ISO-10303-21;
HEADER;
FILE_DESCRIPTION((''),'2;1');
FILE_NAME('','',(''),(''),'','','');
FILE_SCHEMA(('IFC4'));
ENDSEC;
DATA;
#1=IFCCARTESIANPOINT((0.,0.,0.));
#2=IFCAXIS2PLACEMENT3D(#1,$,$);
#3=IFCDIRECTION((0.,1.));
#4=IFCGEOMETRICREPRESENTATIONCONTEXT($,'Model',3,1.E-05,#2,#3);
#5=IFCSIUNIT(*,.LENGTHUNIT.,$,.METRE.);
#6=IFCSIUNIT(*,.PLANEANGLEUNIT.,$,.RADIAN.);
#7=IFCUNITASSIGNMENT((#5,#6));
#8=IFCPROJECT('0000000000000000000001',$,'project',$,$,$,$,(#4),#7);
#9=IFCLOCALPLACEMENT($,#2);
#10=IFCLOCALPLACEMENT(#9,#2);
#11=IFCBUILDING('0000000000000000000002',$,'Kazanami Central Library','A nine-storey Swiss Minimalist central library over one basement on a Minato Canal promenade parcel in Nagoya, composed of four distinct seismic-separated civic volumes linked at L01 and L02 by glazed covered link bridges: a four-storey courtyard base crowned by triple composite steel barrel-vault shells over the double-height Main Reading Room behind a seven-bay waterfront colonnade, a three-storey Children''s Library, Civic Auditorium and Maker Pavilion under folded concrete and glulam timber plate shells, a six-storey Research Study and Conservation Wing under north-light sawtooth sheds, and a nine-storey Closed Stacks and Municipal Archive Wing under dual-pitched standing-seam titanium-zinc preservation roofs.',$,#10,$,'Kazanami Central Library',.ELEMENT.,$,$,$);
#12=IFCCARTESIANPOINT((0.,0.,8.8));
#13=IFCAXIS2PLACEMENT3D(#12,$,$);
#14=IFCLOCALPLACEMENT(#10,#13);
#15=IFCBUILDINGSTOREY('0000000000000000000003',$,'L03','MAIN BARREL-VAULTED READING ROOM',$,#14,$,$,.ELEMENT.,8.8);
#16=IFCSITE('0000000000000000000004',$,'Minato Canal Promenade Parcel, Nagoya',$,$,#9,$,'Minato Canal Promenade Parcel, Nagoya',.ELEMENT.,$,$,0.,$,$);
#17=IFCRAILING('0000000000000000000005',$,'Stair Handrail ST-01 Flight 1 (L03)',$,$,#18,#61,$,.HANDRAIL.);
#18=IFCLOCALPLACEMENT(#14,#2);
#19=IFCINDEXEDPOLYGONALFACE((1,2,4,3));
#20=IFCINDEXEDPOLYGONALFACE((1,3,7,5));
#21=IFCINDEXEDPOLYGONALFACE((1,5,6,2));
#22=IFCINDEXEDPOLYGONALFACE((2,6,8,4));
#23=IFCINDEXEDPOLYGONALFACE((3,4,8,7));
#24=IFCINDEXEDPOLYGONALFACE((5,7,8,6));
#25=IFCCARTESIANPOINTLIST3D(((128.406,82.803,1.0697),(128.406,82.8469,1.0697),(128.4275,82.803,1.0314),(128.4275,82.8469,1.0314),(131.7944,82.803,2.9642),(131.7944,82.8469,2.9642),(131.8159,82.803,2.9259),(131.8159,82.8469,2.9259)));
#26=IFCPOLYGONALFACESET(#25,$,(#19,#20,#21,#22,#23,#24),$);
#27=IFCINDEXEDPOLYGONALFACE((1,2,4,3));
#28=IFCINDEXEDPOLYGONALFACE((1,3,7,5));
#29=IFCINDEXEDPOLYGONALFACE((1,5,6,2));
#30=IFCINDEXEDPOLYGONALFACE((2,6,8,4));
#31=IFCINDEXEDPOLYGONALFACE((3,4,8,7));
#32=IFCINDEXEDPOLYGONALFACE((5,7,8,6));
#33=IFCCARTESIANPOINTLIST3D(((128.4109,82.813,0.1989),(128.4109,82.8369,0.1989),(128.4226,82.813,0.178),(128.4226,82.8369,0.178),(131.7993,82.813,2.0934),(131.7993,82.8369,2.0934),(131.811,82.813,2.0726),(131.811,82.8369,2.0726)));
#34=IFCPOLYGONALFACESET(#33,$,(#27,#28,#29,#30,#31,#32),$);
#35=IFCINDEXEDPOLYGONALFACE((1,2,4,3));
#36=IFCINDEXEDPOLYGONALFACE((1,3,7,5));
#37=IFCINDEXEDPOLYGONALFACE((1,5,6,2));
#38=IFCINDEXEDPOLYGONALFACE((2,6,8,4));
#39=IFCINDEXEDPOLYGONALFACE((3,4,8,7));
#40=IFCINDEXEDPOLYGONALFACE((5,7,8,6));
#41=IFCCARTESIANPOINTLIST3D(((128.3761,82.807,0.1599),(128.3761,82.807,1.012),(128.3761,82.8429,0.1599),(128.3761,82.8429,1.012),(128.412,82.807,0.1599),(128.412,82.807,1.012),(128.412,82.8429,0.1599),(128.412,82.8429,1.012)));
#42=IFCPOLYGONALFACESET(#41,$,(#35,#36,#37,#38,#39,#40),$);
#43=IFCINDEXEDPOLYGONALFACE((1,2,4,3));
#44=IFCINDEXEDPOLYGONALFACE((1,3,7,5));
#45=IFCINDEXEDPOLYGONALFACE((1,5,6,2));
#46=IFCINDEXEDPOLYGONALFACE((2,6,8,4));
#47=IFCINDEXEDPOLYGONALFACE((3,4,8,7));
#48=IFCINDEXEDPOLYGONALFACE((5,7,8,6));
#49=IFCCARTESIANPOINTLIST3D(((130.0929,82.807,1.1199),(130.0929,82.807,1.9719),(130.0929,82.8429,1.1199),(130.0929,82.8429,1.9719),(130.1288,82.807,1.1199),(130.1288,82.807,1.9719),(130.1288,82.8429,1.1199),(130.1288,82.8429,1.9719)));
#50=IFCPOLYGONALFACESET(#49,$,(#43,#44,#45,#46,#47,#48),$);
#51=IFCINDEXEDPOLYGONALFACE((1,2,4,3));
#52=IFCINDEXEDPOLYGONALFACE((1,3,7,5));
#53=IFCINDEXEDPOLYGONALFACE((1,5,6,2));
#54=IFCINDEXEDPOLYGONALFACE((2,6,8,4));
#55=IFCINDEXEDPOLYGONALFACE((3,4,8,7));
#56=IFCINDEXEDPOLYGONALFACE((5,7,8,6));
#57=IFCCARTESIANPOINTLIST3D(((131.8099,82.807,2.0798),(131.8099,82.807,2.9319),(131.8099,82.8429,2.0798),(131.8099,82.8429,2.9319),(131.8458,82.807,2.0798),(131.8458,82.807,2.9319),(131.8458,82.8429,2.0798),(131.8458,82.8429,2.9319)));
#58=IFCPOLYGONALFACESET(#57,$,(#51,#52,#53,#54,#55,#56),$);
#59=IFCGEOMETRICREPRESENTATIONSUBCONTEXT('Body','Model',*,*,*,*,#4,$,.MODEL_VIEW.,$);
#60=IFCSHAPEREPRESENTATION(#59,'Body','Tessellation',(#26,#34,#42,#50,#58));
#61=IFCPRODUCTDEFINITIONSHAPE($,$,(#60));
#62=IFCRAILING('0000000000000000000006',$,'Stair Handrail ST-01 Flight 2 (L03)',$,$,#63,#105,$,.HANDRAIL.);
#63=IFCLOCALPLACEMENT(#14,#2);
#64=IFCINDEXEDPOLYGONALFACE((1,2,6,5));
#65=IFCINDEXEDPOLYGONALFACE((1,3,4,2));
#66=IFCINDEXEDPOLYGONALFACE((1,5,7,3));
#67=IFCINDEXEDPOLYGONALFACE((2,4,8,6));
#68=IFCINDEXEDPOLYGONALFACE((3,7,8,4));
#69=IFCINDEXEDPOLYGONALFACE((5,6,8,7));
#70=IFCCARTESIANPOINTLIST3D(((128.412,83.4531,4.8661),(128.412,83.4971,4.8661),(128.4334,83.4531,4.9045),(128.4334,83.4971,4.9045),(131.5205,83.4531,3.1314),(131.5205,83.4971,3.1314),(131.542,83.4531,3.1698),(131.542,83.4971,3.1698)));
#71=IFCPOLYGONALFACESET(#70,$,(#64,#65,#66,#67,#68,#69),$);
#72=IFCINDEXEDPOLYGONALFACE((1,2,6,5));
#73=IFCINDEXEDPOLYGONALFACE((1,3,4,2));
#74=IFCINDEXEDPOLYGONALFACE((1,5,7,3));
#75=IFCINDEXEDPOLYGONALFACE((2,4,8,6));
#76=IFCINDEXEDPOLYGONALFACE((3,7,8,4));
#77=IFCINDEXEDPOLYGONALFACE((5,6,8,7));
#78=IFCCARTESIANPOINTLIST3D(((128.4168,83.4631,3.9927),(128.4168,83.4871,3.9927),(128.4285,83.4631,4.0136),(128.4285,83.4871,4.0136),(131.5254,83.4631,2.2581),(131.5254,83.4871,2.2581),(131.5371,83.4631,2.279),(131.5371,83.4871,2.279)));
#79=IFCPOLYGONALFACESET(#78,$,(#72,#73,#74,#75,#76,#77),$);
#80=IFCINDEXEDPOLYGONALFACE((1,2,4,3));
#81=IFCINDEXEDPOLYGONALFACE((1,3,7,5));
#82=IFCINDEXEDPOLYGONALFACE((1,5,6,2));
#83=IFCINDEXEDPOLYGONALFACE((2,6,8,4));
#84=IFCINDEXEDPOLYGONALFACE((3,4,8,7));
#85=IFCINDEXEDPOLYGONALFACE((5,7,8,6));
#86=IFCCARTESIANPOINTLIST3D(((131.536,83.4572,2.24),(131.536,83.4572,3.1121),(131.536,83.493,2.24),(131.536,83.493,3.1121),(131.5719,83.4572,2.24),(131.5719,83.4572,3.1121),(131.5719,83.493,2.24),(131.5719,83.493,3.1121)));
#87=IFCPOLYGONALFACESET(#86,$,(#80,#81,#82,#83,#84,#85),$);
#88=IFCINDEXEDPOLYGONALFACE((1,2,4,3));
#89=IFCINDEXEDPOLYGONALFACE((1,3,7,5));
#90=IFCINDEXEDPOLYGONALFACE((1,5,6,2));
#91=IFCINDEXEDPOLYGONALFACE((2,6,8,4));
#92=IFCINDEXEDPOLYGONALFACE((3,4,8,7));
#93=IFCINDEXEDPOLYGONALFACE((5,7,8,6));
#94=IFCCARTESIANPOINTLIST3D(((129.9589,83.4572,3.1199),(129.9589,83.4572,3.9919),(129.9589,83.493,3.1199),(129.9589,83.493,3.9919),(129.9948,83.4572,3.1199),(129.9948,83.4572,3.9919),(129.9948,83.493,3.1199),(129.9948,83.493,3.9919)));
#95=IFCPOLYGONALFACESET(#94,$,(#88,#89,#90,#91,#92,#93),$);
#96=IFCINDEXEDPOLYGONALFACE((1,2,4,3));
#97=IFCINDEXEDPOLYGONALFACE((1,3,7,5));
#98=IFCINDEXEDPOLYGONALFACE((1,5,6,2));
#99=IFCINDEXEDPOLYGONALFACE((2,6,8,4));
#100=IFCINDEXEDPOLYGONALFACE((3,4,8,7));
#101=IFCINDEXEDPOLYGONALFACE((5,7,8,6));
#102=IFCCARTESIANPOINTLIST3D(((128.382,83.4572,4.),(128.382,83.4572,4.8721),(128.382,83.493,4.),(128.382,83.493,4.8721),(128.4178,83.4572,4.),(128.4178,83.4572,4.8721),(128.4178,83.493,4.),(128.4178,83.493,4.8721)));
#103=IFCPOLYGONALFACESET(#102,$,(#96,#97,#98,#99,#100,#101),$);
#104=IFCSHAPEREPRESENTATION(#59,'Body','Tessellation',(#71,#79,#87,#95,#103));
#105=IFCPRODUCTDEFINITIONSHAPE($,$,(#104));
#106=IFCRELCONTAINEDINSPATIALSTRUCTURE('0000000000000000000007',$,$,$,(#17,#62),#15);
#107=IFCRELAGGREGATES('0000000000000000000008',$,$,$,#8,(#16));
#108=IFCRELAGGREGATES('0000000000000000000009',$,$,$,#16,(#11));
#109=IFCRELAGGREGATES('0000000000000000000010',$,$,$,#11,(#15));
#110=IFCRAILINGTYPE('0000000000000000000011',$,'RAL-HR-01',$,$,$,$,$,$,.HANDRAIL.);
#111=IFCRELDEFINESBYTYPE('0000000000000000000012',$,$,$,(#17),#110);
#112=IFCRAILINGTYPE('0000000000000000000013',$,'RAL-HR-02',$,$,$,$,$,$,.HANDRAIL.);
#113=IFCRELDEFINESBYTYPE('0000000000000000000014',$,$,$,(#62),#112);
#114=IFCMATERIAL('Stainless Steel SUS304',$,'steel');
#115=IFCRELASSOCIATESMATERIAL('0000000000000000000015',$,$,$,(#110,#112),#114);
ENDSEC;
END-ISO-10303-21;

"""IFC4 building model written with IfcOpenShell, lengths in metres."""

from ifc_helpers import new_model, si_unit, direction, frame, origin, origin_2d, place, context, subcontext, project, spatial, rectangle, extrude, material, type_object, element, save


model = new_model("IFC4")

# Units and contexts
model_context = context("Model", 3, precision=1e-05, world=origin(), true_north=direction((0.0, 1.0)))
body_context = subcontext(model_context, "Body", "Model", "MODEL_VIEW")
ifc_project = project(units=[si_unit("LENGTHUNIT", "METRE"), si_unit("PLANEANGLEUNIT", "RADIAN")], contexts=[model_context])

# Site, building, storey
site_placement = place(None, origin())
site = spatial("IfcSite", under=ifc_project, at=site_placement, Name="Minato Canal Promenade Parcel, Nagoya", LongName="Minato Canal Promenade Parcel, Nagoya", CompositionType="ELEMENT", RefElevation=0.0)
building_placement = place(site_placement, origin())
building = spatial("IfcBuilding", under=site, at=building_placement, Name="Kazanami Central Library", Description="A nine-storey Swiss Minimalist central library over one basement on a Minato Canal promenade parcel in Nagoya, composed of four distinct seismic-separated civic volumes linked at L01 and L02 by glazed covered link bridges: a four-storey courtyard base crowned by triple composite steel barrel-vault shells over the double-height Main Reading Room behind a seven-bay waterfront colonnade, a three-storey Children's Library, Civic Auditorium and Maker Pavilion under folded concrete and glulam timber plate shells, a six-storey Research Study and Conservation Wing under north-light sawtooth sheds, and a nine-storey Closed Stacks and Municipal Archive Wing under dual-pitched standing-seam titanium-zinc preservation roofs.", LongName="Kazanami Central Library", CompositionType="ELEMENT")
storey_placement = place(building_placement, frame((0.0, 0.0, 8.8)))
storey = spatial("IfcBuildingStorey", under=building, at=storey_placement, Name="L03", Description="MAIN BARREL-VAULTED READING ROOM", CompositionType="ELEMENT", Elevation=8.8)

# Railings
ifc_material_1 = material(Name="Stainless Steel SUS304", Category="steel")
railing_type_1 = type_object("IfcRailingType", Name="RAL-HR-01", PredefinedType="HANDRAIL", material=ifc_material_1)
railing_1_placement = place(storey_placement, frame((128.394, 82.825, 0.1599)))
element("IfcRailing", 1, at=railing_1_placement, inside=storey, type_object=railing_type_1, Name="Stair Handrail ST-01 Flight 1 (L03)", PredefinedType="HANDRAIL", context=body_context, shape_type="SweptSolid", body=[
    extrude(rectangle(XDim=0.0439, YDim=0.0439, at=origin_2d()), frame((0.0227, 0.0, 0.8906), z_axis=(0.872834, 0.0, 0.488017), x_axis=(0.0, 1.0, 0.0)), (0.0, 0.0, 1.0), 3.8821),
    extrude(rectangle(XDim=0.0239, YDim=0.0239, at=origin_2d()), frame((0.0227, 0.0, 0.0286), z_axis=(0.872834, 0.0, 0.488017), x_axis=(0.0, 1.0, 0.0)), (0.0, 0.0, 1.0), 3.8821),
    extrude(rectangle(XDim=0.0359, YDim=0.0359, at=origin_2d()), origin(), (0.0, 0.0, 1.0), 0.8521),
    extrude(rectangle(XDim=0.0359, YDim=0.0359, at=origin_2d()), frame((1.7168, 0.0, 0.96)), (0.0, 0.0, 1.0), 0.8521),
    extrude(rectangle(XDim=0.0359, YDim=0.0359, at=origin_2d()), frame((3.4338, 0.0, 1.9199)), (0.0, 0.0, 1.0), 0.8521),
])
railing_type_2 = type_object("IfcRailingType", Name="RAL-HR-02", PredefinedType="HANDRAIL", material=ifc_material_1)
railing_2_placement = place(storey_placement, frame((131.554, 83.4751, 2.24)))
element("IfcRailing", 2, at=railing_2_placement, inside=storey, type_object=railing_type_2, Name="Stair Handrail ST-01 Flight 2 (L03)", PredefinedType="HANDRAIL", context=body_context, shape_type="SweptSolid", body=[
    extrude(rectangle(XDim=0.0439, YDim=0.0439, at=origin_2d()), frame((-0.0227, 0.0, 0.9106), z_axis=(-0.873244, 0.0, 0.487283), x_axis=(0.0, -1.0, 0.0)), (0.0, 0.0, 1.0), 3.5598),
    extrude(rectangle(XDim=0.0239, YDim=0.0239, at=origin_2d()), frame((-0.0227, 0.0, 0.0286), z_axis=(-0.873244, 0.0, 0.487283), x_axis=(0.0, -1.0, 0.0)), (0.0, 0.0, 1.0), 3.5598),
    extrude(rectangle(XDim=0.0359, YDim=0.0359, at=origin_2d()), origin(), (0.0, 0.0, 1.0), 0.8721),
    extrude(rectangle(XDim=0.0359, YDim=0.0359, at=origin_2d()), frame((-1.5771, 0.0, 0.8799)), (0.0, 0.0, 1.0), 0.8721),
    extrude(rectangle(XDim=0.0359, YDim=0.0359, at=origin_2d()), frame((-3.1541, 0.0, 1.76)), (0.0, 0.0, 1.0), 0.8721),
])

save(model, "model.ifc")
